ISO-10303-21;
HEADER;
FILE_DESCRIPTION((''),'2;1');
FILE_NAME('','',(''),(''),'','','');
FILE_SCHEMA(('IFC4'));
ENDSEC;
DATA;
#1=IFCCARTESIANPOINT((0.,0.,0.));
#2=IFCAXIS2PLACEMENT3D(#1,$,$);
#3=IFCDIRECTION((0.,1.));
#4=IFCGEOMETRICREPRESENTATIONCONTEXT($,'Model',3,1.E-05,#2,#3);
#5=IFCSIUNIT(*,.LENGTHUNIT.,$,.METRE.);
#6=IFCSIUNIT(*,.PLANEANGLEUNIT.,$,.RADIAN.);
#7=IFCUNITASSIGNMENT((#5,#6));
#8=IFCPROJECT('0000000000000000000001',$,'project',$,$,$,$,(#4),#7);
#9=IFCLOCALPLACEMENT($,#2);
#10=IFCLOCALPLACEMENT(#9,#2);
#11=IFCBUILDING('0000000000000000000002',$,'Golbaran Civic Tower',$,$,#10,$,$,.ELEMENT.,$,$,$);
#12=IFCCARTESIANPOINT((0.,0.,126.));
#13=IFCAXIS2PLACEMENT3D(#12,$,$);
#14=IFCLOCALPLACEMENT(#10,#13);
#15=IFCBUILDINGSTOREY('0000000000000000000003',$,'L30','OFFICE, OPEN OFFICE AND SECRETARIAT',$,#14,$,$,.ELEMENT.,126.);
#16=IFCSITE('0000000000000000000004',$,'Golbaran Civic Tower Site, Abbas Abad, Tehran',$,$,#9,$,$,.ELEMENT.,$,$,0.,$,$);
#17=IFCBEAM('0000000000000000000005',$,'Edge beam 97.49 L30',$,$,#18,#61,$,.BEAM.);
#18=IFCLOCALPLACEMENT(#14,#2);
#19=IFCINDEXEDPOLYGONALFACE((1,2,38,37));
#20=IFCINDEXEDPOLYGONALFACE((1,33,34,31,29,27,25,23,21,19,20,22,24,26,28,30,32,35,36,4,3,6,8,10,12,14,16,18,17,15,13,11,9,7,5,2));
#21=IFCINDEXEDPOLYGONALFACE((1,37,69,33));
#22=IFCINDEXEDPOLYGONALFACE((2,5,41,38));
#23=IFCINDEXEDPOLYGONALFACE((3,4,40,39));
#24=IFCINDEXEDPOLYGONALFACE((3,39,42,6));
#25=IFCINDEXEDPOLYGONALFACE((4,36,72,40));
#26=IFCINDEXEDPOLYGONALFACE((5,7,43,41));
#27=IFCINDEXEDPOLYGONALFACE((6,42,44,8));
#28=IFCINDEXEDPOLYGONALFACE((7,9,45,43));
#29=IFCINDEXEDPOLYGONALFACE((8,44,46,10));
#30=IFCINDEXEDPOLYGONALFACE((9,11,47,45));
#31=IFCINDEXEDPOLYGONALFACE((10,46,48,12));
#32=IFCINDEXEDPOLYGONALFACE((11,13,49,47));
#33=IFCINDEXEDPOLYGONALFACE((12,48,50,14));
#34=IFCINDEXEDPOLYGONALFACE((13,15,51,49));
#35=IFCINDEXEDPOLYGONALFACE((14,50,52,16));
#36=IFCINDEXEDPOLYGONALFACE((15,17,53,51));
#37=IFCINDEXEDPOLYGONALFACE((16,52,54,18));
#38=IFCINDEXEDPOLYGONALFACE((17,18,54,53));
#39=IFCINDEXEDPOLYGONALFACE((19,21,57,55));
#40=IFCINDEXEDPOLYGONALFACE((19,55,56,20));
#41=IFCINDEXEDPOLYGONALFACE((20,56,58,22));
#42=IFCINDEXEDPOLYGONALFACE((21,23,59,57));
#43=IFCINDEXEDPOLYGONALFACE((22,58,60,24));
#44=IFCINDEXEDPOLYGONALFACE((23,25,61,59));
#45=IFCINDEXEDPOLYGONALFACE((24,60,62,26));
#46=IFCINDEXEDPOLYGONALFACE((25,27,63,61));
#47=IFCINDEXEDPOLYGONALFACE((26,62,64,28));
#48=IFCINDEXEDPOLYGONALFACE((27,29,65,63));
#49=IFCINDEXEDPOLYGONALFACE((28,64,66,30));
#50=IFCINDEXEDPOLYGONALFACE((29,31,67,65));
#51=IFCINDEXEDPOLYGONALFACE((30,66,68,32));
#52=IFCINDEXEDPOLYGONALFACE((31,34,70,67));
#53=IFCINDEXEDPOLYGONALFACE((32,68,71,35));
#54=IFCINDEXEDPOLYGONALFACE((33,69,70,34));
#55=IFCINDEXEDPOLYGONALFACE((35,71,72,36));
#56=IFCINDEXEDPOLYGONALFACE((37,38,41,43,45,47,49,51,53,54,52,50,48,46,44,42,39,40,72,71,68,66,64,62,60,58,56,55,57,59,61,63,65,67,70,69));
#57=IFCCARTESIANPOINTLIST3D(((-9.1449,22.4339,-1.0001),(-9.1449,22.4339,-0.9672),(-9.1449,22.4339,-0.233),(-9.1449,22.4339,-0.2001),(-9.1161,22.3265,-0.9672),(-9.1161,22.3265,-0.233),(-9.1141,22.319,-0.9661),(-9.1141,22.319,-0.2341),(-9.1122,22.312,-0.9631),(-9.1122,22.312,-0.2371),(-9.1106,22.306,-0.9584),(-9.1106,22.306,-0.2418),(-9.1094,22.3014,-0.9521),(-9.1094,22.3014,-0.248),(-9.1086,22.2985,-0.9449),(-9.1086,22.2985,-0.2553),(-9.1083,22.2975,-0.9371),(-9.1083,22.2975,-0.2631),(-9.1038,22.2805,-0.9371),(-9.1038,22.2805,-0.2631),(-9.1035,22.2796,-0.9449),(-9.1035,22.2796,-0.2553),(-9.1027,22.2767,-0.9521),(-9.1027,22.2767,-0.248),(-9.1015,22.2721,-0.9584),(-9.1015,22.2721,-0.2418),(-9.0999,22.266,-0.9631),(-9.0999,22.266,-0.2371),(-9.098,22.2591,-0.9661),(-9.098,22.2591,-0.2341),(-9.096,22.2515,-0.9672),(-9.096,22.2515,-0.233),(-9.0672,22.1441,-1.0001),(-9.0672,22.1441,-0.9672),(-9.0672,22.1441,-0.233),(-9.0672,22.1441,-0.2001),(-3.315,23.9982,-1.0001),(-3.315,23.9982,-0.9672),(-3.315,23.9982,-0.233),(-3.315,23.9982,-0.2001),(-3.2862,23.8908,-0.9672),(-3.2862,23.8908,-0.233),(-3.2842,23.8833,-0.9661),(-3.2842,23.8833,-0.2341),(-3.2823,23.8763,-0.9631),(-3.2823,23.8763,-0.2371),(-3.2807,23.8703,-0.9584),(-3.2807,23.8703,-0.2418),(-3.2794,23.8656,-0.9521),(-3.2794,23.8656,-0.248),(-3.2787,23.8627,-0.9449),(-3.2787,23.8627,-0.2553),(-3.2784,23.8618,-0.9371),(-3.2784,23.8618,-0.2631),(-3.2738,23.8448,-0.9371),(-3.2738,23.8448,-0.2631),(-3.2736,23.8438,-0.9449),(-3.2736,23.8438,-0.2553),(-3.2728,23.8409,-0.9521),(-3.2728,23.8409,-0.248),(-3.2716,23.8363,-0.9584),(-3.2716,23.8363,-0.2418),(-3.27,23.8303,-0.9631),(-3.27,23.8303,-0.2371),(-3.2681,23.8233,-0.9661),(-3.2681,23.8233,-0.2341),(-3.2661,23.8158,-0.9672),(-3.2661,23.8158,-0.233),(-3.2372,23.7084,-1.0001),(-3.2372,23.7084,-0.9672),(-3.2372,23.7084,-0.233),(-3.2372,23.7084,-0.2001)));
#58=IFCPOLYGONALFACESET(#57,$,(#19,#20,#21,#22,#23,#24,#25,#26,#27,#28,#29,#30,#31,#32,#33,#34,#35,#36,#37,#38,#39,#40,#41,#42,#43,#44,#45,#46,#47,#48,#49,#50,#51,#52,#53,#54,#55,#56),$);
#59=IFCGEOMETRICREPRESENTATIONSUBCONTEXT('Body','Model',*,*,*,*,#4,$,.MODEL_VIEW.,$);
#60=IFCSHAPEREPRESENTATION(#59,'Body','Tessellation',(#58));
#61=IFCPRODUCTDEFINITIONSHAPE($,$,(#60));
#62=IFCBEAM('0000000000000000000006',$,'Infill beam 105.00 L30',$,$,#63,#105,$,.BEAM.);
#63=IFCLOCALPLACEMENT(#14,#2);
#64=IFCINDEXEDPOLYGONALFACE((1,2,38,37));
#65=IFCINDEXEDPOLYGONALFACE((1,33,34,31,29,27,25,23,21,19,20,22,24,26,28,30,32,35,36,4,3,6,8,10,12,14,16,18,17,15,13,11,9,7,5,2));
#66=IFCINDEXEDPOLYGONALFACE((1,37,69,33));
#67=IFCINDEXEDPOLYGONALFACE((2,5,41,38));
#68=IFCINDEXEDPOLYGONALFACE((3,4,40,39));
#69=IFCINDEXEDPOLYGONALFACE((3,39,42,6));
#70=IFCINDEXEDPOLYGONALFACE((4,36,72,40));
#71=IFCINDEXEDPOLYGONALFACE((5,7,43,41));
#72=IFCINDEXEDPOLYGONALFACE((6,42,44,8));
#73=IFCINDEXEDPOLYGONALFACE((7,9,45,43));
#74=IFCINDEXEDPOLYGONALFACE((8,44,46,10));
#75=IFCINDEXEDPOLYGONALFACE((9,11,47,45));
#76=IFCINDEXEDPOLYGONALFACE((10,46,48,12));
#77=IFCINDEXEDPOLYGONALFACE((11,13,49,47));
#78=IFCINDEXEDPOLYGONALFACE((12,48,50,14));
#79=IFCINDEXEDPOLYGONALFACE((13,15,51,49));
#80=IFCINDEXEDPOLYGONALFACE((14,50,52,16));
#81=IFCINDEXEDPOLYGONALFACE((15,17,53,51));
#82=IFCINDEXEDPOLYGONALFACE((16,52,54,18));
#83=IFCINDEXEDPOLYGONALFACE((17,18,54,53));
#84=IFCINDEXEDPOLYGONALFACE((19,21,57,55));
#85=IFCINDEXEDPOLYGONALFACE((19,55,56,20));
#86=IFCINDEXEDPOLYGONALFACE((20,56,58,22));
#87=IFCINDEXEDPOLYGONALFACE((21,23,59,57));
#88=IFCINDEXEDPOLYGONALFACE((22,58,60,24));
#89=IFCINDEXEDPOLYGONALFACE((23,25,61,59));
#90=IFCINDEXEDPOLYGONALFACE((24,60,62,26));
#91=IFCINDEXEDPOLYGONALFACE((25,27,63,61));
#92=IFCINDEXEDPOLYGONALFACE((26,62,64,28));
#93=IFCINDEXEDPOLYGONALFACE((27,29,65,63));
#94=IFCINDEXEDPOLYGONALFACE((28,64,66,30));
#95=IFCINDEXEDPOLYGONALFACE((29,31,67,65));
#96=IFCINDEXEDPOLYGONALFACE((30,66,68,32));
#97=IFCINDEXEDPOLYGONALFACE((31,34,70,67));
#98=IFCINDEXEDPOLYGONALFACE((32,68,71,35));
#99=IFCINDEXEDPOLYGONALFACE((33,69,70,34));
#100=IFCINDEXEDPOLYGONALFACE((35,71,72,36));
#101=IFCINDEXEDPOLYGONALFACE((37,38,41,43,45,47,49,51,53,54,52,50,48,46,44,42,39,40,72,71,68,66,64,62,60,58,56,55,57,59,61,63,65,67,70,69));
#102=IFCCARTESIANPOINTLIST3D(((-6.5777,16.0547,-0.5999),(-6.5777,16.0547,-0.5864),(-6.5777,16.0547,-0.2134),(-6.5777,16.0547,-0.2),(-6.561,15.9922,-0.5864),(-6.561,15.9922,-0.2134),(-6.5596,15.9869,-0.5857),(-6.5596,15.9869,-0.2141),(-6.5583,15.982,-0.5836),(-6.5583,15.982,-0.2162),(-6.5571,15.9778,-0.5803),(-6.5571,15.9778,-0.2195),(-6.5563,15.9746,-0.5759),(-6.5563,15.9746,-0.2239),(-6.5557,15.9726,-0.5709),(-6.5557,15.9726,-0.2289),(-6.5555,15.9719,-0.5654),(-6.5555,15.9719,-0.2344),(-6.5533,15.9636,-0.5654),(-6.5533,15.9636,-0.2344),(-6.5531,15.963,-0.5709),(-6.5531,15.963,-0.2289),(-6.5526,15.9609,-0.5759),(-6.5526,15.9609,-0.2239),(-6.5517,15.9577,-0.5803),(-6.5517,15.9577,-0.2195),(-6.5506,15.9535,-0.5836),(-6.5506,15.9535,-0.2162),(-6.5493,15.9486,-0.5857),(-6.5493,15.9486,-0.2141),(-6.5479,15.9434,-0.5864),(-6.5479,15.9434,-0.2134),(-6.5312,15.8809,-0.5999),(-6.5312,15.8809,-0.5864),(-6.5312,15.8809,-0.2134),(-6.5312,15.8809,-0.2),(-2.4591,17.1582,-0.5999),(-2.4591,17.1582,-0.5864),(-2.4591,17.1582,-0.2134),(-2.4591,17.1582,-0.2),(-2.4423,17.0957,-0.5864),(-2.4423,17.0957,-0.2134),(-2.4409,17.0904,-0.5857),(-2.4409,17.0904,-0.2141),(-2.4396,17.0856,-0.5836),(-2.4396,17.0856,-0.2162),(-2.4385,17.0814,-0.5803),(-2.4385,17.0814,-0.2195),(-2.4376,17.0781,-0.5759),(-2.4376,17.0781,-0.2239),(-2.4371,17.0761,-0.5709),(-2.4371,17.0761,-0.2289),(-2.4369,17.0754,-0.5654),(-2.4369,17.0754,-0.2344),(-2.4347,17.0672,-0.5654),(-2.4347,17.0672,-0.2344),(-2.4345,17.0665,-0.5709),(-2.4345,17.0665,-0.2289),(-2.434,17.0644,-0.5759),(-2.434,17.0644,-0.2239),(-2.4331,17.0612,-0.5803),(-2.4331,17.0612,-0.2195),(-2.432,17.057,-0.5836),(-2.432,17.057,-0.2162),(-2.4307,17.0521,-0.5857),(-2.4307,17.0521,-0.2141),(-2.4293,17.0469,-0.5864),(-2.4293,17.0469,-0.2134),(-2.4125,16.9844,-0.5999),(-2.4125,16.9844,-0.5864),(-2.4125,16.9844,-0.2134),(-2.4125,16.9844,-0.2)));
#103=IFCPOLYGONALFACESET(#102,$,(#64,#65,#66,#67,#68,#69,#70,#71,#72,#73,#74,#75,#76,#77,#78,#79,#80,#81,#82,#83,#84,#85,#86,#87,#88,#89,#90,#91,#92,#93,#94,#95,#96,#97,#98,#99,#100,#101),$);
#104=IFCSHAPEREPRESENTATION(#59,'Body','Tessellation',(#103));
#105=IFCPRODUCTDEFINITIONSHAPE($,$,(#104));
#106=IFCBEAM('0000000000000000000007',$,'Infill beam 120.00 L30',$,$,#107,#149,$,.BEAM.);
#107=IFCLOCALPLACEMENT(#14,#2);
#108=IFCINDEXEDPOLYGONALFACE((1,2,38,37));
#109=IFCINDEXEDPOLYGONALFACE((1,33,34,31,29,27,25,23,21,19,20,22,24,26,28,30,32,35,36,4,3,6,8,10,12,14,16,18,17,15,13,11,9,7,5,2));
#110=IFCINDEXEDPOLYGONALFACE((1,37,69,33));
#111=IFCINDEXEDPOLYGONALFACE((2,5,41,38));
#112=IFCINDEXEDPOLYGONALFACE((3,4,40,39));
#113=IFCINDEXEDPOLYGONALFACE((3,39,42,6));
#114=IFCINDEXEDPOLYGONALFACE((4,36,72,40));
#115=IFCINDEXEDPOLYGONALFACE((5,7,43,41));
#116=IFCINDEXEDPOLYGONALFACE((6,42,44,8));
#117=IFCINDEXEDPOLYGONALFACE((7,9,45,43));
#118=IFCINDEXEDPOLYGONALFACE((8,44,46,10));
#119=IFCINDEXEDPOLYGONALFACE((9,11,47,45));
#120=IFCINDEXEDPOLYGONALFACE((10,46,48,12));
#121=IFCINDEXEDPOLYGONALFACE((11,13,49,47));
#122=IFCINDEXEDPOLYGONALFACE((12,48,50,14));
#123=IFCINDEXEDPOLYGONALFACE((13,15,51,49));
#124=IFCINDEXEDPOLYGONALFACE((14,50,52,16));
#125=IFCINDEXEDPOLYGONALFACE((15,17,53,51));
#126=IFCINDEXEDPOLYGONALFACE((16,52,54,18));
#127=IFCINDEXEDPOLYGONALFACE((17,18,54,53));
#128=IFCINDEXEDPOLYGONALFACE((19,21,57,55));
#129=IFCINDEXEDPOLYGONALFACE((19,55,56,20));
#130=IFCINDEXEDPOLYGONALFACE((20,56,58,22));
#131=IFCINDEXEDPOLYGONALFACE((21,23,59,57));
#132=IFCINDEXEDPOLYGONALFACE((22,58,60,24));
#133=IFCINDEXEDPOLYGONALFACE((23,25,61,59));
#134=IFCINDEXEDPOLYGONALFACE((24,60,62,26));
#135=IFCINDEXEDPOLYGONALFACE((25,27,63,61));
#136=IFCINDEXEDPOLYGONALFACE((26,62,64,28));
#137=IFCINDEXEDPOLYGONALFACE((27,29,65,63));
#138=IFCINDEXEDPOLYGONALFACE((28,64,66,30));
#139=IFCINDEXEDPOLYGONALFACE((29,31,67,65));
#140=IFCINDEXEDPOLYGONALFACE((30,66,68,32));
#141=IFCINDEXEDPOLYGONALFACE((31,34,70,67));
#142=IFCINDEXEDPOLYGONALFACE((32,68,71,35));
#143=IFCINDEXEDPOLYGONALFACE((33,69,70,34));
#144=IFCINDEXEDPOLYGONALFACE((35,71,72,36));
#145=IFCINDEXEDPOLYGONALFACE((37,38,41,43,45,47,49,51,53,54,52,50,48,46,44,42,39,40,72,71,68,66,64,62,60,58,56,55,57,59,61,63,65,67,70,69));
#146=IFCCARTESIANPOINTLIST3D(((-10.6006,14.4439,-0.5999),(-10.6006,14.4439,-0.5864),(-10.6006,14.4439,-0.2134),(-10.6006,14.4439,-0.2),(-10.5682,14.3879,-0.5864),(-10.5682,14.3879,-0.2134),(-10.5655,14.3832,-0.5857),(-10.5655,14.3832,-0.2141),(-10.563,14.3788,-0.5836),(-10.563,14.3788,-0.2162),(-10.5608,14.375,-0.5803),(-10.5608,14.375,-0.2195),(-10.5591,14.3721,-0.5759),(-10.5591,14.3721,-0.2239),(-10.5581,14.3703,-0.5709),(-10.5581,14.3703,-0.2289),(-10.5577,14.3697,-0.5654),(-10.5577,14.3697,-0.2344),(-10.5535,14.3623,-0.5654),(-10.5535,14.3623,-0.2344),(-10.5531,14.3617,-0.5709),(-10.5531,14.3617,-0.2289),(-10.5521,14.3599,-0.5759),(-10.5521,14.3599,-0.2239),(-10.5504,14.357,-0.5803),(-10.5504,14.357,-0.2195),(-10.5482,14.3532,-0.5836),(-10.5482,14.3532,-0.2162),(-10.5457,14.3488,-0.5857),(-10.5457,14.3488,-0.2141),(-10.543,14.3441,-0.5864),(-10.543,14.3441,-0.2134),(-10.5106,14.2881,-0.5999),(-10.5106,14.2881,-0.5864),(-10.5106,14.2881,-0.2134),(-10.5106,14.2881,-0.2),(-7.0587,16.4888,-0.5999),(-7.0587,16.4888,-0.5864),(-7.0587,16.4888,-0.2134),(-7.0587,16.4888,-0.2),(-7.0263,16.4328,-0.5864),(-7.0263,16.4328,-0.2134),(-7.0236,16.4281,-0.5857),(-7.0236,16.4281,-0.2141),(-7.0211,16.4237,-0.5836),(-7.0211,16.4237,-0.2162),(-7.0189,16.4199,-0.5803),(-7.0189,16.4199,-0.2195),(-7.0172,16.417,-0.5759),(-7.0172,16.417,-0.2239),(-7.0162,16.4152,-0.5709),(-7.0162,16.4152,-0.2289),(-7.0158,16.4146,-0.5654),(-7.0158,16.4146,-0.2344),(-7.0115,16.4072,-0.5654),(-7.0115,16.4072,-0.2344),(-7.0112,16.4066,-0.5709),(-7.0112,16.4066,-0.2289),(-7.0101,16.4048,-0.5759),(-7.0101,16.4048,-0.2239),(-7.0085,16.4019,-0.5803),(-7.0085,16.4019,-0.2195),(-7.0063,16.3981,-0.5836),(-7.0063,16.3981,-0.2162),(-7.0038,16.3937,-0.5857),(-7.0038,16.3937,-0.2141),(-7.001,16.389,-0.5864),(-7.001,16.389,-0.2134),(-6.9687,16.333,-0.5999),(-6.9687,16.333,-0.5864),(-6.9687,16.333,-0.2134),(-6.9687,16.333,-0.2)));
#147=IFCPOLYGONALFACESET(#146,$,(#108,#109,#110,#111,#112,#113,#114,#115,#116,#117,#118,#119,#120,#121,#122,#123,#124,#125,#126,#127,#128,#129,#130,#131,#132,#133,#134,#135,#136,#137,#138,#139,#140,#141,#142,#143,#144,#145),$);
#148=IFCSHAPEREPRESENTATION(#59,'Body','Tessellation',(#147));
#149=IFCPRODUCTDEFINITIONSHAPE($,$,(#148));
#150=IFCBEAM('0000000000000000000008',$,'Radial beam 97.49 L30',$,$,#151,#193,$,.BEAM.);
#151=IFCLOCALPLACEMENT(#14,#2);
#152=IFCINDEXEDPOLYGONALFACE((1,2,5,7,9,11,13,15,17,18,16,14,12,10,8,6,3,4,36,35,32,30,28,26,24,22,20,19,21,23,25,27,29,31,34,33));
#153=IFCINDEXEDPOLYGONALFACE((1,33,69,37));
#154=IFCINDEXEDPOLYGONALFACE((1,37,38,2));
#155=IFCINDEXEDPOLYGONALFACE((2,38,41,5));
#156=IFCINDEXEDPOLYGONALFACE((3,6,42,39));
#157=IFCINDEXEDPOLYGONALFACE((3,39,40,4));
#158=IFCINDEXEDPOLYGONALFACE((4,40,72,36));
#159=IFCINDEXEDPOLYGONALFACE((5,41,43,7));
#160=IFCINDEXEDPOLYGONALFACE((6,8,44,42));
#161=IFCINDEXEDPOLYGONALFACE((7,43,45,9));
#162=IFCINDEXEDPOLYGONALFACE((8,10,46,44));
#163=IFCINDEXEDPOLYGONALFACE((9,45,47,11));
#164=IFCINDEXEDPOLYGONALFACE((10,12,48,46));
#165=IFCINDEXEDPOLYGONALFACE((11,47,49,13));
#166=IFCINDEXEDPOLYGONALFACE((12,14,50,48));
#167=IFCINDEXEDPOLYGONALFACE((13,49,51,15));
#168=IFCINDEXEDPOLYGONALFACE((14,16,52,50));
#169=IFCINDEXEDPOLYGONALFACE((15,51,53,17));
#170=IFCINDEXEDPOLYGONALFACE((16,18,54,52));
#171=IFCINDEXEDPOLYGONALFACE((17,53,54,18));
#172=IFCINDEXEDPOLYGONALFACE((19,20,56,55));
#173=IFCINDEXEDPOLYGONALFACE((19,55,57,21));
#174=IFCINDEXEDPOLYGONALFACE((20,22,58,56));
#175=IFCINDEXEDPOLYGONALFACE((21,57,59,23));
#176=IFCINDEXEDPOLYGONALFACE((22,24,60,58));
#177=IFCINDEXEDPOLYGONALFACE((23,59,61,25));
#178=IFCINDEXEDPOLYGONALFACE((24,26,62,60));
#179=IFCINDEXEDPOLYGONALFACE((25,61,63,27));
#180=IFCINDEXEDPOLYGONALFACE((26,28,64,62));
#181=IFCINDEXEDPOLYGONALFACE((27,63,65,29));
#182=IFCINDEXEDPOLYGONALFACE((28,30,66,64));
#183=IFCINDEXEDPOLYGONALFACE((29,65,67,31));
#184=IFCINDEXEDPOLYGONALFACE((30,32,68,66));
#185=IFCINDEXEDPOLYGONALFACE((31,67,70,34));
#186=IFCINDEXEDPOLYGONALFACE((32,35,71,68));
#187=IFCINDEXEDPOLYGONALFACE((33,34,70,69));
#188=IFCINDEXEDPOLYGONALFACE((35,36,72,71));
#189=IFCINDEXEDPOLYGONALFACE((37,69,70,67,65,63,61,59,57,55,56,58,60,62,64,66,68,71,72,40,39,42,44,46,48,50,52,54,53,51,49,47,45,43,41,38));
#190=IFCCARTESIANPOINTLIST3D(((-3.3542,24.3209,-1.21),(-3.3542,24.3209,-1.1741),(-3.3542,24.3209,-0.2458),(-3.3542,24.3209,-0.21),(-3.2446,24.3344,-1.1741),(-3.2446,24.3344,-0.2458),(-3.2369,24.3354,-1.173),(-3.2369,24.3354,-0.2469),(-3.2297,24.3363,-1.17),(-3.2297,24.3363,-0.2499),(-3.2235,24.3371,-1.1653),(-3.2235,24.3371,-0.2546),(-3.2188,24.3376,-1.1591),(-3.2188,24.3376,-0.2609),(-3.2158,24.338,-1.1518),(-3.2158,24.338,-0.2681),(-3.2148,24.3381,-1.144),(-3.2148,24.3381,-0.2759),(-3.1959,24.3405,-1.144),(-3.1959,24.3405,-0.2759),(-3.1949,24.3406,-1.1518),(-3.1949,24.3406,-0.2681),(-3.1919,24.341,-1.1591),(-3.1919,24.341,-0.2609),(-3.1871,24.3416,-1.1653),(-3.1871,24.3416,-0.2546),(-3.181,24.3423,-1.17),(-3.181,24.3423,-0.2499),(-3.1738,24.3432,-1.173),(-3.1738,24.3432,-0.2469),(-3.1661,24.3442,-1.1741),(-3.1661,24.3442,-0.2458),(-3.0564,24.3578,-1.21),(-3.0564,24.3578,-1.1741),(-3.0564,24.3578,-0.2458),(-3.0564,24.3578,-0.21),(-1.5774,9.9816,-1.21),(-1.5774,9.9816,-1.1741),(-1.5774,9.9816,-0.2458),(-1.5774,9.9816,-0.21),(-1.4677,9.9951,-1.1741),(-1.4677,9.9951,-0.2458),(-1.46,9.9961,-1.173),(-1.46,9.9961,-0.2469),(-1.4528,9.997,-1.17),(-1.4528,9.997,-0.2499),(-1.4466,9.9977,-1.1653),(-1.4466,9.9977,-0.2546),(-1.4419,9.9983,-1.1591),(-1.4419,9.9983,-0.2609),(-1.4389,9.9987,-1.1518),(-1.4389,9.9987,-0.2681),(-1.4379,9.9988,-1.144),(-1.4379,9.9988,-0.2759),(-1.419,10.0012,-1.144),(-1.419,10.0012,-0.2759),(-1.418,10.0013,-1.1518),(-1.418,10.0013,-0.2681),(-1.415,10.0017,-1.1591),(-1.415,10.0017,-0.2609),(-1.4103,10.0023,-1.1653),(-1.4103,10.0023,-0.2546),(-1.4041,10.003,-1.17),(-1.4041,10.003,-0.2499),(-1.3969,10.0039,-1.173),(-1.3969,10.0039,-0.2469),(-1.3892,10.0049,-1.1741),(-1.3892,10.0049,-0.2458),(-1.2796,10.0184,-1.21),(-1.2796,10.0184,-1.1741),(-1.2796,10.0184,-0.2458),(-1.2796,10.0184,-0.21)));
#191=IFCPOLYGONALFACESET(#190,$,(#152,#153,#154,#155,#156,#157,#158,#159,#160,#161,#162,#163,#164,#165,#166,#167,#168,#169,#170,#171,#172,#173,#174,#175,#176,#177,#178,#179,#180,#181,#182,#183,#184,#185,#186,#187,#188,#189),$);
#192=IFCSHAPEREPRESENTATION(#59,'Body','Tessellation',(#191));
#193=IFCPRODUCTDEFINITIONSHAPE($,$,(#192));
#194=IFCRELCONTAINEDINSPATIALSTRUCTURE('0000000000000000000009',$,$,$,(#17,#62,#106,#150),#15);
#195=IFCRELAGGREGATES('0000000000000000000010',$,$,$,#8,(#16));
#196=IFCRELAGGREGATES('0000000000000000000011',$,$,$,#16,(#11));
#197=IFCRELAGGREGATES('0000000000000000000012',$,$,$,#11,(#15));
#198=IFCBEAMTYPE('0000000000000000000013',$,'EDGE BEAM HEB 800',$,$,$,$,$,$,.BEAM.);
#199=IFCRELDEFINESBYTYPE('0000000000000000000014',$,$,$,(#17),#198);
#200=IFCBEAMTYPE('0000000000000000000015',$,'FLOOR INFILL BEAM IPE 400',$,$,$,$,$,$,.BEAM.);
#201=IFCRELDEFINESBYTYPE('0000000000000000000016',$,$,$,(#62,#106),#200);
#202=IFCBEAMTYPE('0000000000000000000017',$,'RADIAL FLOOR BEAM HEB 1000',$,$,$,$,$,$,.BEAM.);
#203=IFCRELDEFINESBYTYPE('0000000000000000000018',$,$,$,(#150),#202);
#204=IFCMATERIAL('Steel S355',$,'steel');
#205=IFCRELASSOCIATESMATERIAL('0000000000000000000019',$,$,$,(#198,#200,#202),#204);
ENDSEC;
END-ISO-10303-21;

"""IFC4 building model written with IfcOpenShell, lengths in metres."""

from ifc_helpers import new_model, si_unit, direction, frame, origin, origin_2d, place, context, subcontext, project, spatial, i_section, extrude, material, material_profile, profile_set, type_object, element, save


model = new_model("IFC4")

# Units and contexts
model_context = context("Model", 3, precision=1e-05, world=origin(), true_north=direction((0.0, 1.0)))
body_context = subcontext(model_context, "Body", "Model", "MODEL_VIEW")
ifc_project = project(units=[si_unit("LENGTHUNIT", "METRE"), si_unit("PLANEANGLEUNIT", "RADIAN")], contexts=[model_context])

# Site, building, storey
site_placement = place(None, origin())
site = spatial("IfcSite", under=ifc_project, at=site_placement, Name="Golbaran Civic Tower Site, Abbas Abad, Tehran", CompositionType="ELEMENT", RefElevation=0.0)
building_placement = place(site_placement, origin())
building = spatial("IfcBuilding", under=site, at=building_placement, Name="Golbaran Civic Tower", CompositionType="ELEMENT")
storey_placement = place(building_placement, frame((0.0, 0.0, 126.0)))
storey = spatial("IfcBuildingStorey", under=building, at=storey_placement, Name="L30", Description="OFFICE, OPEN OFFICE AND SECRETARIAT", CompositionType="ELEMENT", Elevation=126.0)

# Beams
ifc_material_1 = material(Name="Steel S355", Category="steel")
ifc_material_profile_1 = material_profile(ifc_material_1, i_section(OverallWidth=0.3, OverallDepth=0.8, WebThickness=0.0176, FlangeThickness=0.033, FilletRadius=0.03, at=origin_2d()), Name="HEB 800")
ifc_profile_set_1 = profile_set([ifc_material_profile_1], Name="Steel S355")
beam_type_1 = type_object("IfcBeamType", Name="EDGE BEAM HEB 800", PredefinedType="BEAM", material=ifc_profile_set_1)
beam_1_placement = place(storey_placement, frame((-3.2761, 23.8533, -0.6001), z_axis=(-0.965838, -0.259145, 0.0), x_axis=(0.259145, -0.965838, 0.0)))
element("IfcBeam", 1, at=beam_1_placement, inside=storey, type_object=beam_type_1, Name="Edge beam 97.49 L30", PredefinedType="BEAM", context=body_context, shape_type="SweptSolid", body=[
    extrude(i_section(OverallWidth=0.3, OverallDepth=0.8, WebThickness=0.0176, FlangeThickness=0.033, FilletRadius=0.03, at=origin_2d()), origin(), (0.0, 0.0, 1.0), 6.0361),
])
ifc_material_profile_2 = material_profile(ifc_material_1, i_section(OverallWidth=0.1799, OverallDepth=0.3999, WebThickness=0.0085, FlangeThickness=0.0134, FilletRadius=0.021, at=origin_2d()), Name="IPE 400")
ifc_profile_set_2 = profile_set([ifc_material_profile_2], Name="Steel S355")
beam_type_2 = type_object("IfcBeamType", Name="FLOOR INFILL BEAM IPE 400", PredefinedType="BEAM", material=ifc_profile_set_2)
beam_2_placement = place(storey_placement, frame((-2.4358, 17.0713, -0.3999), z_axis=(-0.96593, -0.258803, 0.0), x_axis=(0.258803, -0.96593, 0.0)))
element("IfcBeam", 2, at=beam_2_placement, inside=storey, type_object=beam_type_2, Name="Infill beam 105.00 L30", PredefinedType="BEAM", context=body_context, shape_type="SweptSolid", body=[
    extrude(i_section(OverallWidth=0.1799, OverallDepth=0.3999, WebThickness=0.0085, FlangeThickness=0.0134, FilletRadius=0.021, at=origin_2d()), origin(), (0.0, 0.0, 1.0), 4.2639),
])
beam_3_placement = place(storey_placement, frame((-7.0137, 16.4109, -0.3999), z_axis=(-0.866031, -0.499991, 0.0), x_axis=(0.499991, -0.866031, 0.0)))
element("IfcBeam", 3, at=beam_3_placement, inside=storey, type_object=beam_type_2, Name="Infill beam 120.00 L30", PredefinedType="BEAM", context=body_context, shape_type="SweptSolid", body=[
    extrude(i_section(OverallWidth=0.1799, OverallDepth=0.3999, WebThickness=0.0085, FlangeThickness=0.0134, FilletRadius=0.021, at=origin_2d()), origin(), (0.0, 0.0, 1.0), 4.0898),
])
ifc_material_profile_3 = material_profile(ifc_material_1, i_section(OverallWidth=0.3, OverallDepth=1.0, WebThickness=0.019, FlangeThickness=0.0359, FilletRadius=0.03, at=origin_2d()), Name="HEB 1000")
ifc_profile_set_3 = profile_set([ifc_material_profile_3], Name="Steel S355")
beam_type_3 = type_object("IfcBeamType", Name="RADIAL FLOOR BEAM HEB 1000", PredefinedType="BEAM", material=ifc_profile_set_3)
beam_4_placement = place(storey_placement, frame((-1.4285, 10.0, -0.71), z_axis=(-0.122974, 0.99241, 0.0), x_axis=(-0.99241, -0.122974, 0.0)))
element("IfcBeam", 4, at=beam_4_placement, inside=storey, type_object=beam_type_3, Name="Radial beam 97.49 L30", PredefinedType="BEAM", context=body_context, shape_type="SweptSolid", body=[
    extrude(i_section(OverallWidth=0.3, OverallDepth=1.0, WebThickness=0.019, FlangeThickness=0.0359, FilletRadius=0.03, at=origin_2d()), origin(), (0.0, 0.0, 1.0), 14.449),
])

save(model, "model.ifc")
